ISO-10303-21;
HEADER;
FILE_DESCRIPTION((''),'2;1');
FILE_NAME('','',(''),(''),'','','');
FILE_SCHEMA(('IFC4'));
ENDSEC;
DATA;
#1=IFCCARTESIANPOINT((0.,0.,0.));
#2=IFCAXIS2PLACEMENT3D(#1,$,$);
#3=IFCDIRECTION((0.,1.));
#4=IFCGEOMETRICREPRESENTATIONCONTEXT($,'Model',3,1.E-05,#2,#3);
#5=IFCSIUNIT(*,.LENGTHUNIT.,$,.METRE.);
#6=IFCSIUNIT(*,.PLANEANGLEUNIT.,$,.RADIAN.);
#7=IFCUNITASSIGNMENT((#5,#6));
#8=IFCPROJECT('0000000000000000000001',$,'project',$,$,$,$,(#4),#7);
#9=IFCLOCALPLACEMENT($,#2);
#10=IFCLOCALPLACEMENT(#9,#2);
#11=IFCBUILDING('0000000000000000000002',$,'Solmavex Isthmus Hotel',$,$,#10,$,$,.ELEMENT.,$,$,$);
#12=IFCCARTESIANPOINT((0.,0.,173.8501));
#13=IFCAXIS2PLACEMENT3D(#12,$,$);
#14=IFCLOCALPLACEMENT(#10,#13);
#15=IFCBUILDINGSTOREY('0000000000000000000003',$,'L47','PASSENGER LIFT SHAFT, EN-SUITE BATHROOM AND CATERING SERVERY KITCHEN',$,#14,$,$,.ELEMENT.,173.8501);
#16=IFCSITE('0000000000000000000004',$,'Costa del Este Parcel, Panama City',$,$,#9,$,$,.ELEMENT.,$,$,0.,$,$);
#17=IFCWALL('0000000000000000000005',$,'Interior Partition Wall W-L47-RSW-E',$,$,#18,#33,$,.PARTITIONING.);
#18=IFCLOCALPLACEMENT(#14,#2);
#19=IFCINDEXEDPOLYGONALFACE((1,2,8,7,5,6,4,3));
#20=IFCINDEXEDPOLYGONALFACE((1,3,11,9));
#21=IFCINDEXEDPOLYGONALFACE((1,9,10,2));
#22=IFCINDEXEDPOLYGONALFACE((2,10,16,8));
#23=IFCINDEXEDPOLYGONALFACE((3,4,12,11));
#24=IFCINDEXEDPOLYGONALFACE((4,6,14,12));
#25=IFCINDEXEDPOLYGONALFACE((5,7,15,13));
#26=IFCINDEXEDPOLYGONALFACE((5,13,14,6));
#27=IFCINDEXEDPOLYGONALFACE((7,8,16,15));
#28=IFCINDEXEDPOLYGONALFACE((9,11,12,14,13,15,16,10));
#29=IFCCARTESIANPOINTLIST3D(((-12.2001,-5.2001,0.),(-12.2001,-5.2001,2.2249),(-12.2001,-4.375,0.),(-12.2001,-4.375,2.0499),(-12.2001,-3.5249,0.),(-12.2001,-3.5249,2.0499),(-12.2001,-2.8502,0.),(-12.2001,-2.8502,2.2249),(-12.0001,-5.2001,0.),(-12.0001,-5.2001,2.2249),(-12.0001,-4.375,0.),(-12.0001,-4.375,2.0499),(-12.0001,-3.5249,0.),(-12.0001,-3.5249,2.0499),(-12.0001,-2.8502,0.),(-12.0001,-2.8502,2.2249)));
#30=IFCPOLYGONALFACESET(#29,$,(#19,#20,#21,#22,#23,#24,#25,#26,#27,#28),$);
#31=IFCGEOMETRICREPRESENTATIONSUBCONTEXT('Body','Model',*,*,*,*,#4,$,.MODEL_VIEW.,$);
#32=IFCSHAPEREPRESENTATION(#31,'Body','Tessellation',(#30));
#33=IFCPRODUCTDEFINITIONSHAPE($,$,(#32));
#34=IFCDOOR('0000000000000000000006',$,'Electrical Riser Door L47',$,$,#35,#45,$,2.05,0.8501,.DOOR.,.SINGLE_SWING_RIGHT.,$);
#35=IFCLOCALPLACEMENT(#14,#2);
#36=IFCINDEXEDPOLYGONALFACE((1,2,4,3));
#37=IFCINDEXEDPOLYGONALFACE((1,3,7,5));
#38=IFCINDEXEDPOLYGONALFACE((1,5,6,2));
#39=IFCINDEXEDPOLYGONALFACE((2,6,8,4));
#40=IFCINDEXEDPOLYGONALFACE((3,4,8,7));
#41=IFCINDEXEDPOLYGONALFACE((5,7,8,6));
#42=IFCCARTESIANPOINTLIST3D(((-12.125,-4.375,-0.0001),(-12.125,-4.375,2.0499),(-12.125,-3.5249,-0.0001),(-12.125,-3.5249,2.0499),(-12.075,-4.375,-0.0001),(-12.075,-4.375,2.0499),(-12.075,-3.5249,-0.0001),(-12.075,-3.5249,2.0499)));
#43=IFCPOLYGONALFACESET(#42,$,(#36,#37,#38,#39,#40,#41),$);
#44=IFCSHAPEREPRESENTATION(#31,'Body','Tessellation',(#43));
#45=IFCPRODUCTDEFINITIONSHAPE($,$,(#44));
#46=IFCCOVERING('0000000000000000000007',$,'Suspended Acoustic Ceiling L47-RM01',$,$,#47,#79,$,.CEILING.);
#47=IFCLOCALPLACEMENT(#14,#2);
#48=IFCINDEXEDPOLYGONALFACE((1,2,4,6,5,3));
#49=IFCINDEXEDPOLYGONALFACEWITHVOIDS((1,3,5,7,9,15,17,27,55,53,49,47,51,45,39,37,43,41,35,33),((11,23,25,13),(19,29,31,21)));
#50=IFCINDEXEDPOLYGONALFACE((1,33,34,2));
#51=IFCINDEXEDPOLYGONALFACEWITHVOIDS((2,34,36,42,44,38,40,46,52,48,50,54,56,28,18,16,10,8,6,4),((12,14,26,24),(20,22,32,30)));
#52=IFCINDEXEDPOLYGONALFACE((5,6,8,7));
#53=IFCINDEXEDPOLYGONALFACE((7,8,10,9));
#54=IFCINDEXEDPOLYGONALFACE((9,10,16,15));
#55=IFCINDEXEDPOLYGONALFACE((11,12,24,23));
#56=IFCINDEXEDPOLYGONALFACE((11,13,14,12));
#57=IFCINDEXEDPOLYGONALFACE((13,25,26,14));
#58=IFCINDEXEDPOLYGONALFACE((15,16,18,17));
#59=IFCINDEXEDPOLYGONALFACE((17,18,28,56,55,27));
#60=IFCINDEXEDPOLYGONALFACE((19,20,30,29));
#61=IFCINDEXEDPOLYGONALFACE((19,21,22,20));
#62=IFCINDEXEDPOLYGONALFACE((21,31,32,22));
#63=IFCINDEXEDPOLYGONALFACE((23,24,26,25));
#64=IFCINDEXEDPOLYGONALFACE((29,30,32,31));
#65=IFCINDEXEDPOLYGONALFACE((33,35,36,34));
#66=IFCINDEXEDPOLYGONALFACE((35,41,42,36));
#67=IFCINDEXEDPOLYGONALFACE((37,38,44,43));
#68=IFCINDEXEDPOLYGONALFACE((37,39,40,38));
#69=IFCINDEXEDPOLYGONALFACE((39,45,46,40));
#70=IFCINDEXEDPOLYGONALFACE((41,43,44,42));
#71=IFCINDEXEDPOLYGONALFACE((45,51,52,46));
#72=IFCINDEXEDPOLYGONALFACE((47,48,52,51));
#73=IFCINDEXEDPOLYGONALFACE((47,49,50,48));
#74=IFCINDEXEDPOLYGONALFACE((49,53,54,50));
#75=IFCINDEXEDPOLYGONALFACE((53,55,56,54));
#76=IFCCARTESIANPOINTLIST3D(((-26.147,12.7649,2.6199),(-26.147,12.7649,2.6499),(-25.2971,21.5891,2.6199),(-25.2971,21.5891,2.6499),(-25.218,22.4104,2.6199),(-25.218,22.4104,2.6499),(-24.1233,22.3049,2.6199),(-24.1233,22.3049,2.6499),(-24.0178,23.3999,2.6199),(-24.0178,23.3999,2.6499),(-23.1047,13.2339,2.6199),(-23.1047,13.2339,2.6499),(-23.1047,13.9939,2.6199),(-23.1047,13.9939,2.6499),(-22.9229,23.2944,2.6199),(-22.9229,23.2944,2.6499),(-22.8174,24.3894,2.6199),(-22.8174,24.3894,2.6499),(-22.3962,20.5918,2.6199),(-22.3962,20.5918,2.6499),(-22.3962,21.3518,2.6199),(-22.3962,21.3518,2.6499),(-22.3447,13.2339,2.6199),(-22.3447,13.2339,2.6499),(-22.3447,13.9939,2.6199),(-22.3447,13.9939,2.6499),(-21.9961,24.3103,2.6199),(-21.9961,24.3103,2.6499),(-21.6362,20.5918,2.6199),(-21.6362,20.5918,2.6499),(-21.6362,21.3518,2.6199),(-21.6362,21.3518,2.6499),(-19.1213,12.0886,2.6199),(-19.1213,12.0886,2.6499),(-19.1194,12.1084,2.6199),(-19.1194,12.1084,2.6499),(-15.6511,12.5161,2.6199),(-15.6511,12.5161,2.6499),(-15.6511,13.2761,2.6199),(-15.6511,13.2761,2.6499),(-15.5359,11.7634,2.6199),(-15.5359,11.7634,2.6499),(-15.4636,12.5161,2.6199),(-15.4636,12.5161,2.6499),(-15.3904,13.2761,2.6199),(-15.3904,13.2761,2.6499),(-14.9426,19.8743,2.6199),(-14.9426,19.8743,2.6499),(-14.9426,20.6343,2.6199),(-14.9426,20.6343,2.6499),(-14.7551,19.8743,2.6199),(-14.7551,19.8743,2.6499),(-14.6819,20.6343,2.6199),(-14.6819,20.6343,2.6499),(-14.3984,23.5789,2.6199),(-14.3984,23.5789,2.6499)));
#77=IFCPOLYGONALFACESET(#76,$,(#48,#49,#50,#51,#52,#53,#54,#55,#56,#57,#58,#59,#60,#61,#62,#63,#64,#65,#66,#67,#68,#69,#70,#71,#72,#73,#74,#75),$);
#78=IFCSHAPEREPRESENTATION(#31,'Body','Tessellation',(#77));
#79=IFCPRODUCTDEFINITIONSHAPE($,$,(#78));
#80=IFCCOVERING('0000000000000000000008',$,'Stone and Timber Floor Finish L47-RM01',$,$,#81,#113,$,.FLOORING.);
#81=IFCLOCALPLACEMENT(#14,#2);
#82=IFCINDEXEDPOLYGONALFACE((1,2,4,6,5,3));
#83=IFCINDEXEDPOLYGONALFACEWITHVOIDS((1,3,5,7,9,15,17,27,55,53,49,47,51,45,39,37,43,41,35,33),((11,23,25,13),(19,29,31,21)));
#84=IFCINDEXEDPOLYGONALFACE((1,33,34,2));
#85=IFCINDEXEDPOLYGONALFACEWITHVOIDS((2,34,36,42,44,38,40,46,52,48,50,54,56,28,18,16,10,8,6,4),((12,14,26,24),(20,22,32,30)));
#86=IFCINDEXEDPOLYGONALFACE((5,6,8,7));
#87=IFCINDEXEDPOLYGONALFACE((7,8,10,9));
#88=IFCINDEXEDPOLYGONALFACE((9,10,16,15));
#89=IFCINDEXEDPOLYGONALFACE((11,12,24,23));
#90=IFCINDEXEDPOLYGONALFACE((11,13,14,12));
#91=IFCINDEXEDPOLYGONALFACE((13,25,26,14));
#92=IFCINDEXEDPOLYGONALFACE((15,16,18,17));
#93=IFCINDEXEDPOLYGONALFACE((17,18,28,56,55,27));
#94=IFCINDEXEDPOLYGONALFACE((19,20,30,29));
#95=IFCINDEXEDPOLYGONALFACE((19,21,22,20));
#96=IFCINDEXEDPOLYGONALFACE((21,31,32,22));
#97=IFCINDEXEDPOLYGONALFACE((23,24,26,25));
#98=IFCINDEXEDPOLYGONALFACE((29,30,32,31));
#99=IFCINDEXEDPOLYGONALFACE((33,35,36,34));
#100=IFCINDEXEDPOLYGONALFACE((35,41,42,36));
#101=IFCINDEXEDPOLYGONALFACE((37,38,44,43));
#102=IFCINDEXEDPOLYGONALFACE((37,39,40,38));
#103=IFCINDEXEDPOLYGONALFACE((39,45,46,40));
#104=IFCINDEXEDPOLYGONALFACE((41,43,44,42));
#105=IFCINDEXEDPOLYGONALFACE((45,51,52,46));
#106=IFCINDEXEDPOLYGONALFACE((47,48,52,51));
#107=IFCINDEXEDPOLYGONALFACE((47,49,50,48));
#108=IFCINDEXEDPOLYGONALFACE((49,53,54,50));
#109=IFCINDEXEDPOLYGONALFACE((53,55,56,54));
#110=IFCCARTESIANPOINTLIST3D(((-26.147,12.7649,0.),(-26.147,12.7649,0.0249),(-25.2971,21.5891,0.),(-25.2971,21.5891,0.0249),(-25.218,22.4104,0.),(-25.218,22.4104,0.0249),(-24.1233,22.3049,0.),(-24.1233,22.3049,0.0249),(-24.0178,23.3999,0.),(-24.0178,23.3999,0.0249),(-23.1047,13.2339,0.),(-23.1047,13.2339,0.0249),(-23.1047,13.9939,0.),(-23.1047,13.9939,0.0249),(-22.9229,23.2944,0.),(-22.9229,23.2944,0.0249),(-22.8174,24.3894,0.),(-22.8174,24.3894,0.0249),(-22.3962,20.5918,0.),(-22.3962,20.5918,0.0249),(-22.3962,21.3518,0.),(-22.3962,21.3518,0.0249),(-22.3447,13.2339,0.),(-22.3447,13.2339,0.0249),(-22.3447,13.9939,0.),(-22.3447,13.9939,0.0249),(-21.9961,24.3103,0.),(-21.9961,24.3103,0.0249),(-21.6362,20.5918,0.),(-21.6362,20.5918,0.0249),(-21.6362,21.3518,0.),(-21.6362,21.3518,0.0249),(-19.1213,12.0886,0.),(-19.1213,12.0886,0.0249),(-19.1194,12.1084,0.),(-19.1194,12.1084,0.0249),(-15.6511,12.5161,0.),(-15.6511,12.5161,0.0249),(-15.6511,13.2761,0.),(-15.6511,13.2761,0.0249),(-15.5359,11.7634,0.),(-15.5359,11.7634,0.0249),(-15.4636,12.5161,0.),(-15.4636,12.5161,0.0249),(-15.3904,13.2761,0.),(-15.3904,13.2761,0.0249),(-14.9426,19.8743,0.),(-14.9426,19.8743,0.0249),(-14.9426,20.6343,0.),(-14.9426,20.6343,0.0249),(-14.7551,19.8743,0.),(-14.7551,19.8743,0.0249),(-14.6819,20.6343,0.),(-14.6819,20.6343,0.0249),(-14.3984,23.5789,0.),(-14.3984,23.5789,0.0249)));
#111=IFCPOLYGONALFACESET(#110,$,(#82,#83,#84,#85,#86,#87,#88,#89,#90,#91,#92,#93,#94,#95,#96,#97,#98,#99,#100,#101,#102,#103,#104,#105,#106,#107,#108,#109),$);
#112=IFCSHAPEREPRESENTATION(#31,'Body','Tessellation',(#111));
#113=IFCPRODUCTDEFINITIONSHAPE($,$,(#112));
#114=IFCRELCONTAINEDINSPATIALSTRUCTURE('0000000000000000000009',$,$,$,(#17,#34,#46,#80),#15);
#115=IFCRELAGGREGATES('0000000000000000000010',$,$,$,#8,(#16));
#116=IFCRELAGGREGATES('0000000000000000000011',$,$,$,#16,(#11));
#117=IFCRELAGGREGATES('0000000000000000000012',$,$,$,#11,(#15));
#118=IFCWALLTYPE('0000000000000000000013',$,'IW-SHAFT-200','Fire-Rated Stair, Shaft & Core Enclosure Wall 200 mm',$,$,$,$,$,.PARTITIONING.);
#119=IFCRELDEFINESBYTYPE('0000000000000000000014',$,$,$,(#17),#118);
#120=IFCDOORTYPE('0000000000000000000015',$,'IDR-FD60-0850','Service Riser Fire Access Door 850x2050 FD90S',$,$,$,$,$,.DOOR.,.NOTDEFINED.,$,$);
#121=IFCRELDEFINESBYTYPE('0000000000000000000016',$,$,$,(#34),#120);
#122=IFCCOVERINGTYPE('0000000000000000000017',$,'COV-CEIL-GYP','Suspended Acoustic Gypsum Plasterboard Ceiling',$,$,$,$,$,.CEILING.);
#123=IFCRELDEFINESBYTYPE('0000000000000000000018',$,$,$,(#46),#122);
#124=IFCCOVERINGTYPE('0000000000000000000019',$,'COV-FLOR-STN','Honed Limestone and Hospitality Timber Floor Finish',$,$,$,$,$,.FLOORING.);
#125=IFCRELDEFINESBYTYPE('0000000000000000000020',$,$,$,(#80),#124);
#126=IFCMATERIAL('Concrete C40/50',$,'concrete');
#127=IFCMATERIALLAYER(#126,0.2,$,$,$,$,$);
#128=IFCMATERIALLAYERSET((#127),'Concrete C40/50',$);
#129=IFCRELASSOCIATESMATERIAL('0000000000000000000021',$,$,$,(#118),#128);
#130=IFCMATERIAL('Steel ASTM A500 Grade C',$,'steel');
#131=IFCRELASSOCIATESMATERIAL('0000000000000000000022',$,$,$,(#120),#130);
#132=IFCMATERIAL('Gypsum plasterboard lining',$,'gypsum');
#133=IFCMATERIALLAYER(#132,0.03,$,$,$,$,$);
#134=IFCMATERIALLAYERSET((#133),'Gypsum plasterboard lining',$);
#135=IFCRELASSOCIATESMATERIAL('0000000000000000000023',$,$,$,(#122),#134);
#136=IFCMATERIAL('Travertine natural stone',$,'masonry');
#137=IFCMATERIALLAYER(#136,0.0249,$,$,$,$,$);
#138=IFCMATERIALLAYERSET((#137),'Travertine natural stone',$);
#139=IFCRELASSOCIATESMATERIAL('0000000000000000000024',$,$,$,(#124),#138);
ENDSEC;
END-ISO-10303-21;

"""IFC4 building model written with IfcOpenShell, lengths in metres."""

from ifc_helpers import new_model, si_unit, direction, frame, frame_2d, origin, place, context, subcontext, project, spatial, polyline, rectangle, outline, extrude, material, layer, layer_set, type_object, element, fill, save


model = new_model("IFC4")

# Units and contexts
model_context = context("Model", 3, precision=1e-05, world=origin(), true_north=direction((0.0, 1.0)))
body_context = subcontext(model_context, "Body", "Model", "MODEL_VIEW")
ifc_project = project(units=[si_unit("LENGTHUNIT", "METRE"), si_unit("PLANEANGLEUNIT", "RADIAN")], contexts=[model_context])

# Site, building, storey
site_placement = place(None, origin())
site = spatial("IfcSite", under=ifc_project, at=site_placement, Name="Costa del Este Parcel, Panama City", CompositionType="ELEMENT", RefElevation=0.0)
building_placement = place(site_placement, origin())
building = spatial("IfcBuilding", under=site, at=building_placement, Name="Solmavex Isthmus Hotel", CompositionType="ELEMENT")
storey_placement = place(building_placement, frame((0.0, 0.0, 173.8501)))
storey = spatial("IfcBuildingStorey", under=building, at=storey_placement, Name="L47", Description="PASSENGER LIFT SHAFT, EN-SUITE BATHROOM AND CATERING SERVERY KITCHEN", CompositionType="ELEMENT", Elevation=173.8501)

# Shared definitions
ifc_material_1 = material(Name="Concrete C40/50", Category="concrete")

# Shared definitions
ifc_material_2 = material(Name="Gypsum plasterboard lining", Category="gypsum")

# Wall, opening, door
ifc_layer_1 = layer(ifc_material_1, 0.2)
ifc_layer_set_1 = layer_set([ifc_layer_1], Name="Concrete C40/50")
wall_type_1 = type_object("IfcWallType", Name="IW-SHAFT-200", Description="Fire-Rated Stair, Shaft & Core Enclosure Wall 200 mm", PredefinedType="PARTITIONING", material=ifc_layer_set_1)
wall_1_placement = place(storey_placement, frame((-12.1001, -5.2, 0.0), z_axis=(0.0, 0.0, 1.0), x_axis=(0.0, 1.0, 0.0)))
wall_1 = element("IfcWall", 1, at=wall_1_placement, inside=storey, type_object=wall_type_1, Name="Interior Partition Wall W-L47-RSW-E", PredefinedType="PARTITIONING", context=body_context, shape_type="SweptSolid", body=[
    extrude(rectangle(XDim=2.3499, YDim=0.2, at=frame_2d((1.1748, 0.0))), origin(), (0.0, 0.0, 1.0), 2.2249),
])
opening_placement = place(wall_1_placement, frame((0.825, 0.0, 0.0)))
opening = element("IfcOpeningElement", 2, at=opening_placement, cuts=wall_1, PredefinedType="OPENING", context=body_context, shape_type="SweptSolid", body=[
    extrude(rectangle(XDim=0.8501, YDim=2.05, at=frame_2d((0.425, 1.0249))), frame((0.0, 0.1099, 0.0), z_axis=(0.0, -1.0, 0.0), x_axis=(1.0, 0.0, 0.0)), (0.0, 0.0, 1.0), 0.22),
])
ifc_material_3 = material(Name="Steel ASTM A500 Grade C", Category="steel")
door_type = type_object("IfcDoorType", Name="IDR-FD60-0850", Description="Service Riser Fire Access Door 850x2050 FD90S", OperationType="NOTDEFINED", PredefinedType="DOOR", material=ifc_material_3)
door_placement = place(opening_placement, origin())
door = element("IfcDoor", 3, at=door_placement, inside=storey, type_object=door_type, Name="Electrical Riser Door L47", OperationType="SINGLE_SWING_RIGHT", OverallHeight=2.05, OverallWidth=0.8501, PredefinedType="DOOR", context=body_context, shape_type="SweptSolid", body=[
    extrude(rectangle(XDim=0.8501, YDim=2.05, at=frame_2d((0.425, 1.0249))), frame((0.0, 0.0249, 0.0), z_axis=(0.0, -1.0, 0.0), x_axis=(1.0, 0.0, 0.0)), (0.0, 0.0, 1.0), 0.05),
])
fill(opening, door)

# Coverings
ifc_layer_2 = layer(ifc_material_2, 0.03)
ifc_layer_set_2 = layer_set([ifc_layer_2], Name="Gypsum plasterboard lining")
covering_type_1 = type_object("IfcCoveringType", Name="COV-CEIL-GYP", Description="Suspended Acoustic Gypsum Plasterboard Ceiling", PredefinedType="CEILING", material=ifc_layer_set_2)
covering_1_placement = place(storey_placement, frame((0.0, 0.0, 2.6199)))
element("IfcCovering", 4, at=covering_1_placement, inside=storey, type_object=covering_type_1, Name="Suspended Acoustic Ceiling L47-RM01", PredefinedType="CEILING", context=body_context, shape_type="SweptSolid", body=[
    extrude(outline(polyline([(-19.1213, 12.0886), (-19.1194, 12.1084), (-15.5359, 11.7634), (-15.4636, 12.5161), (-15.6511, 12.5161), (-15.6511, 13.2761), (-15.3904, 13.2761), (-14.7551, 19.8743), (-14.9426, 19.8743), (-14.9426, 20.6343), (-14.6819, 20.6343), (-14.3984, 23.5789), (-21.9961, 24.3103), (-22.8174, 24.3894), (-22.9229, 23.2944), (-24.0178, 23.3999), (-24.1233, 22.3049), (-25.218, 22.4104), (-25.2971, 21.5891), (-26.147, 12.7649), (-19.1213, 12.0886)]), holes=[polyline([(-22.3962, 20.5918), (-22.3962, 21.3518), (-21.6362, 21.3518), (-21.6362, 20.5918), (-22.3962, 20.5918)]), polyline([(-23.1047, 13.2339), (-23.1047, 13.9939), (-22.3447, 13.9939), (-22.3447, 13.2339), (-23.1047, 13.2339)])]), origin(), (0.0, 0.0, 1.0), 0.03),
])
ifc_material_4 = material(Name="Travertine natural stone", Category="masonry")
ifc_layer_3 = layer(ifc_material_4, 0.0249)
ifc_layer_set_3 = layer_set([ifc_layer_3], Name="Travertine natural stone")
covering_type_2 = type_object("IfcCoveringType", Name="COV-FLOR-STN", Description="Honed Limestone and Hospitality Timber Floor Finish", PredefinedType="FLOORING", material=ifc_layer_set_3)
covering_2_placement = place(storey_placement, origin())
element("IfcCovering", 5, at=covering_2_placement, inside=storey, type_object=covering_type_2, Name="Stone and Timber Floor Finish L47-RM01", PredefinedType="FLOORING", context=body_context, shape_type="SweptSolid", body=[
    extrude(outline(polyline([(-19.1213, 12.0886), (-19.1194, 12.1084), (-15.5359, 11.7634), (-15.4636, 12.5161), (-15.6511, 12.5161), (-15.6511, 13.2761), (-15.3904, 13.2761), (-14.7551, 19.8743), (-14.9426, 19.8743), (-14.9426, 20.6343), (-14.6819, 20.6343), (-14.3984, 23.5789), (-21.9961, 24.3103), (-22.8174, 24.3894), (-22.9229, 23.2944), (-24.0178, 23.3999), (-24.1233, 22.3049), (-25.218, 22.4104), (-25.2971, 21.5891), (-26.147, 12.7649), (-19.1213, 12.0886)]), holes=[polyline([(-22.3962, 20.5918), (-22.3962, 21.3518), (-21.6362, 21.3518), (-21.6362, 20.5918), (-22.3962, 20.5918)]), polyline([(-23.1047, 13.2339), (-23.1047, 13.9939), (-22.3447, 13.9939), (-22.3447, 13.2339), (-23.1047, 13.2339)])]), origin(), (0.0, 0.0, 1.0), 0.0249),
])

save(model, "model.ifc")
